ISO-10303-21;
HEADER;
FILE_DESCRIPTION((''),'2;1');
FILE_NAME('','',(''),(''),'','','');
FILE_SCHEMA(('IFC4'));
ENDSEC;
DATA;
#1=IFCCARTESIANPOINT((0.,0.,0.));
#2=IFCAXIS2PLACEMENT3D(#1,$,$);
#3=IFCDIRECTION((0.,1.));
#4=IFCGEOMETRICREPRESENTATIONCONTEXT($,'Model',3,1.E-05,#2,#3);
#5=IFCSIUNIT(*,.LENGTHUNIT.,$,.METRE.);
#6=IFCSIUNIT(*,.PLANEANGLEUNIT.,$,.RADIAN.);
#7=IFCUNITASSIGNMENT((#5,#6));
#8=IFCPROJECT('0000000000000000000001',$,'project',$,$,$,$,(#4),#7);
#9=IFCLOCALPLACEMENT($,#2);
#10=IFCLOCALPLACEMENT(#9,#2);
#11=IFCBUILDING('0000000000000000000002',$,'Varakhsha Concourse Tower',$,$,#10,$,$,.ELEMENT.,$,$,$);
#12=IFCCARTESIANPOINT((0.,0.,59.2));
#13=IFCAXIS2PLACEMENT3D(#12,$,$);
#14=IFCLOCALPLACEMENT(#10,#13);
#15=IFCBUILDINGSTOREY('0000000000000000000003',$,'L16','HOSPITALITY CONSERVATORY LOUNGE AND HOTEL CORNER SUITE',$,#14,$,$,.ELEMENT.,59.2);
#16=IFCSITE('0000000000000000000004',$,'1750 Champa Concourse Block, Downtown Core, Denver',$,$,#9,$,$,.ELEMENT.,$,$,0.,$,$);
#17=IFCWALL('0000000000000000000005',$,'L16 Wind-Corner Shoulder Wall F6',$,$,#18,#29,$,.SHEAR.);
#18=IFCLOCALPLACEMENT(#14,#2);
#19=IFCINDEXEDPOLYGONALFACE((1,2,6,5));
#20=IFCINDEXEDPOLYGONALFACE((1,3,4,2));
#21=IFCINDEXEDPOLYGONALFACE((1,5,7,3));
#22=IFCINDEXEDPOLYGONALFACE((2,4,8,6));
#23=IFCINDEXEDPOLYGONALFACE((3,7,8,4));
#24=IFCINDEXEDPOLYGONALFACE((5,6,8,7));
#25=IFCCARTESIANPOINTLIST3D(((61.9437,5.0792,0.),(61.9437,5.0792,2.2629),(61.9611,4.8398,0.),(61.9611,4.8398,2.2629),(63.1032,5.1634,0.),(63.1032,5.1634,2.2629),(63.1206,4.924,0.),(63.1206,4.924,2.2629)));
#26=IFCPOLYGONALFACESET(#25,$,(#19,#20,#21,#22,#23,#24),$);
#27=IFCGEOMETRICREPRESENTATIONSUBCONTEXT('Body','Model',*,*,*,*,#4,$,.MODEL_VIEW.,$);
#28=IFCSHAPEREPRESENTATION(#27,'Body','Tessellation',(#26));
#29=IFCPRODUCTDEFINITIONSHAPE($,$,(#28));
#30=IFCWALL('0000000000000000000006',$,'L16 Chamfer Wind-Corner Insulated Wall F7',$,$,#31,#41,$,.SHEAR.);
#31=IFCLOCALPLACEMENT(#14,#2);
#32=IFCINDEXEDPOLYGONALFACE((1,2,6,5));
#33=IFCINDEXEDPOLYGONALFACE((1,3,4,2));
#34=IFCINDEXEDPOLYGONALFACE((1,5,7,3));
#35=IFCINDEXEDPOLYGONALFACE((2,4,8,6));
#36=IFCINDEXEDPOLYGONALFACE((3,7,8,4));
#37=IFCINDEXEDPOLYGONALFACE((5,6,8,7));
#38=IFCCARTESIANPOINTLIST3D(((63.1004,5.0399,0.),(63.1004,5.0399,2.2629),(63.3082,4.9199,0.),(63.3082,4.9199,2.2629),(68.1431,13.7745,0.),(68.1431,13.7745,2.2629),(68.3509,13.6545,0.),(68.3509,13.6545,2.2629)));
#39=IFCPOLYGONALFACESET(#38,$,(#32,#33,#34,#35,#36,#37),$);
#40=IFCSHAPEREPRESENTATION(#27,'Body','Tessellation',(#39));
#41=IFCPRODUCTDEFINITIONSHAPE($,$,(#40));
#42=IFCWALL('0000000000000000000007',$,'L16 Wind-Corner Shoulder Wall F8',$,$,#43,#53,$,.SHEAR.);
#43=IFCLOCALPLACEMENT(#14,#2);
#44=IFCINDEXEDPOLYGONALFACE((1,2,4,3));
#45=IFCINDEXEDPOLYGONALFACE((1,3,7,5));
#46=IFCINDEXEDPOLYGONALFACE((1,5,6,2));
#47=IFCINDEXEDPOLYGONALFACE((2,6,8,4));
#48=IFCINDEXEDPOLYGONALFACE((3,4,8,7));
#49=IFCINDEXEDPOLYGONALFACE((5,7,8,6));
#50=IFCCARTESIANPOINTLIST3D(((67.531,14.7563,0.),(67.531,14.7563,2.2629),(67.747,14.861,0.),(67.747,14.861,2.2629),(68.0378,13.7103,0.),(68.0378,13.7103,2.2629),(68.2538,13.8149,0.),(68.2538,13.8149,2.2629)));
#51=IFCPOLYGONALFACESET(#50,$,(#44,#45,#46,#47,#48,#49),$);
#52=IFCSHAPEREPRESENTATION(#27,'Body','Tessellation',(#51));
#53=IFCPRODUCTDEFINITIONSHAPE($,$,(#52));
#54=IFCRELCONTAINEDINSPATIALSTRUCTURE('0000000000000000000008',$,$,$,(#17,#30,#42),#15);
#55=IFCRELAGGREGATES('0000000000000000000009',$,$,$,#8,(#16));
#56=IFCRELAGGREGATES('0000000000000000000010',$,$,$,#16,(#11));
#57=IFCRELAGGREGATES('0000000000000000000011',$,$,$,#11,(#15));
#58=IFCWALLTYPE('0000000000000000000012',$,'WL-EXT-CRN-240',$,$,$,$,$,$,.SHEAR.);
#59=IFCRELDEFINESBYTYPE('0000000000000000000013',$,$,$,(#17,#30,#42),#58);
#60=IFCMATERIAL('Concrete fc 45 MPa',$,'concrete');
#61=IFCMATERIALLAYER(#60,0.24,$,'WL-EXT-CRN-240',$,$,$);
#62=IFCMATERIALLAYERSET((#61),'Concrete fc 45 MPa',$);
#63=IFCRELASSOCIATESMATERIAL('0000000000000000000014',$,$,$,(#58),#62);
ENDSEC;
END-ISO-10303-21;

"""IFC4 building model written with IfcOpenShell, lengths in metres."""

from ifc_helpers import new_model, si_unit, direction, frame, frame_2d, origin, place, context, subcontext, project, spatial, rectangle, extrude, material, layer, layer_set, type_object, element, save


model = new_model("IFC4")

# Units and contexts
model_context = context("Model", 3, precision=1e-05, world=origin(), true_north=direction((0.0, 1.0)))
body_context = subcontext(model_context, "Body", "Model", "MODEL_VIEW")
ifc_project = project(units=[si_unit("LENGTHUNIT", "METRE"), si_unit("PLANEANGLEUNIT", "RADIAN")], contexts=[model_context])

# Site, building, storey
site_placement = place(None, origin())
site = spatial("IfcSite", under=ifc_project, at=site_placement, Name="1750 Champa Concourse Block, Downtown Core, Denver", CompositionType="ELEMENT", RefElevation=0.0)
building_placement = place(site_placement, origin())
building = spatial("IfcBuilding", under=site, at=building_placement, Name="Varakhsha Concourse Tower", CompositionType="ELEMENT")
storey_placement = place(building_placement, frame((0.0, 0.0, 59.2)))
storey = spatial("IfcBuildingStorey", under=building, at=storey_placement, Name="L16", Description="HOSPITALITY CONSERVATORY LOUNGE AND HOTEL CORNER SUITE", CompositionType="ELEMENT", Elevation=59.2)

# Walls
ifc_material_1 = material(Name="Concrete fc 45 MPa", Category="concrete")
ifc_layer_1 = layer(ifc_material_1, 0.24, Name="WL-EXT-CRN-240")
ifc_layer_set_1 = layer_set([ifc_layer_1], Name="Concrete fc 45 MPa")
wall_type = type_object("IfcWallType", Name="WL-EXT-CRN-240", PredefinedType="SHEAR", material=ifc_layer_set_1)
wall_1_placement = place(storey_placement, frame((61.9524, 4.9595, 0.0), z_axis=(0.0, 0.0, 1.0), x_axis=(0.997372, 0.072456, 0.0)))
element("IfcWall", 1, at=wall_1_placement, inside=storey, type_object=wall_type, Name="L16 Wind-Corner Shoulder Wall F6", PredefinedType="SHEAR", context=body_context, shape_type="SweptSolid", body=[
    extrude(rectangle(XDim=1.1626, YDim=0.24, at=frame_2d((0.5813, 0.0))), origin(), (0.0, 0.0, 1.0), 2.2629),
])
wall_2_placement = place(storey_placement, frame((68.2471, 13.7146, 0.0), z_axis=(0.0, 0.0, 1.0), x_axis=(-0.499984, -0.866034, 0.0)))
element("IfcWall", 2, at=wall_2_placement, inside=storey, type_object=wall_type, Name="L16 Chamfer Wind-Corner Insulated Wall F7", PredefinedType="SHEAR", context=body_context, shape_type="SweptSolid", body=[
    extrude(rectangle(XDim=10.0857, YDim=0.24, at=frame_2d((5.043, 0.0))), origin(), (0.0, 0.0, 1.0), 2.2629),
])
wall_3_placement = place(storey_placement, frame((68.1458, 13.7627, 0.0), z_axis=(0.0, 0.0, 1.0), x_axis=(-0.436006, 0.899944, 0.0)))
element("IfcWall", 3, at=wall_3_placement, inside=storey, type_object=wall_type, Name="L16 Wind-Corner Shoulder Wall F8", PredefinedType="SHEAR", context=body_context, shape_type="SweptSolid", body=[
    extrude(rectangle(XDim=1.1624, YDim=0.24, at=frame_2d((0.5811, 0.0))), origin(), (0.0, 0.0, 1.0), 2.2629),
])

save(model, "model.ifc")
